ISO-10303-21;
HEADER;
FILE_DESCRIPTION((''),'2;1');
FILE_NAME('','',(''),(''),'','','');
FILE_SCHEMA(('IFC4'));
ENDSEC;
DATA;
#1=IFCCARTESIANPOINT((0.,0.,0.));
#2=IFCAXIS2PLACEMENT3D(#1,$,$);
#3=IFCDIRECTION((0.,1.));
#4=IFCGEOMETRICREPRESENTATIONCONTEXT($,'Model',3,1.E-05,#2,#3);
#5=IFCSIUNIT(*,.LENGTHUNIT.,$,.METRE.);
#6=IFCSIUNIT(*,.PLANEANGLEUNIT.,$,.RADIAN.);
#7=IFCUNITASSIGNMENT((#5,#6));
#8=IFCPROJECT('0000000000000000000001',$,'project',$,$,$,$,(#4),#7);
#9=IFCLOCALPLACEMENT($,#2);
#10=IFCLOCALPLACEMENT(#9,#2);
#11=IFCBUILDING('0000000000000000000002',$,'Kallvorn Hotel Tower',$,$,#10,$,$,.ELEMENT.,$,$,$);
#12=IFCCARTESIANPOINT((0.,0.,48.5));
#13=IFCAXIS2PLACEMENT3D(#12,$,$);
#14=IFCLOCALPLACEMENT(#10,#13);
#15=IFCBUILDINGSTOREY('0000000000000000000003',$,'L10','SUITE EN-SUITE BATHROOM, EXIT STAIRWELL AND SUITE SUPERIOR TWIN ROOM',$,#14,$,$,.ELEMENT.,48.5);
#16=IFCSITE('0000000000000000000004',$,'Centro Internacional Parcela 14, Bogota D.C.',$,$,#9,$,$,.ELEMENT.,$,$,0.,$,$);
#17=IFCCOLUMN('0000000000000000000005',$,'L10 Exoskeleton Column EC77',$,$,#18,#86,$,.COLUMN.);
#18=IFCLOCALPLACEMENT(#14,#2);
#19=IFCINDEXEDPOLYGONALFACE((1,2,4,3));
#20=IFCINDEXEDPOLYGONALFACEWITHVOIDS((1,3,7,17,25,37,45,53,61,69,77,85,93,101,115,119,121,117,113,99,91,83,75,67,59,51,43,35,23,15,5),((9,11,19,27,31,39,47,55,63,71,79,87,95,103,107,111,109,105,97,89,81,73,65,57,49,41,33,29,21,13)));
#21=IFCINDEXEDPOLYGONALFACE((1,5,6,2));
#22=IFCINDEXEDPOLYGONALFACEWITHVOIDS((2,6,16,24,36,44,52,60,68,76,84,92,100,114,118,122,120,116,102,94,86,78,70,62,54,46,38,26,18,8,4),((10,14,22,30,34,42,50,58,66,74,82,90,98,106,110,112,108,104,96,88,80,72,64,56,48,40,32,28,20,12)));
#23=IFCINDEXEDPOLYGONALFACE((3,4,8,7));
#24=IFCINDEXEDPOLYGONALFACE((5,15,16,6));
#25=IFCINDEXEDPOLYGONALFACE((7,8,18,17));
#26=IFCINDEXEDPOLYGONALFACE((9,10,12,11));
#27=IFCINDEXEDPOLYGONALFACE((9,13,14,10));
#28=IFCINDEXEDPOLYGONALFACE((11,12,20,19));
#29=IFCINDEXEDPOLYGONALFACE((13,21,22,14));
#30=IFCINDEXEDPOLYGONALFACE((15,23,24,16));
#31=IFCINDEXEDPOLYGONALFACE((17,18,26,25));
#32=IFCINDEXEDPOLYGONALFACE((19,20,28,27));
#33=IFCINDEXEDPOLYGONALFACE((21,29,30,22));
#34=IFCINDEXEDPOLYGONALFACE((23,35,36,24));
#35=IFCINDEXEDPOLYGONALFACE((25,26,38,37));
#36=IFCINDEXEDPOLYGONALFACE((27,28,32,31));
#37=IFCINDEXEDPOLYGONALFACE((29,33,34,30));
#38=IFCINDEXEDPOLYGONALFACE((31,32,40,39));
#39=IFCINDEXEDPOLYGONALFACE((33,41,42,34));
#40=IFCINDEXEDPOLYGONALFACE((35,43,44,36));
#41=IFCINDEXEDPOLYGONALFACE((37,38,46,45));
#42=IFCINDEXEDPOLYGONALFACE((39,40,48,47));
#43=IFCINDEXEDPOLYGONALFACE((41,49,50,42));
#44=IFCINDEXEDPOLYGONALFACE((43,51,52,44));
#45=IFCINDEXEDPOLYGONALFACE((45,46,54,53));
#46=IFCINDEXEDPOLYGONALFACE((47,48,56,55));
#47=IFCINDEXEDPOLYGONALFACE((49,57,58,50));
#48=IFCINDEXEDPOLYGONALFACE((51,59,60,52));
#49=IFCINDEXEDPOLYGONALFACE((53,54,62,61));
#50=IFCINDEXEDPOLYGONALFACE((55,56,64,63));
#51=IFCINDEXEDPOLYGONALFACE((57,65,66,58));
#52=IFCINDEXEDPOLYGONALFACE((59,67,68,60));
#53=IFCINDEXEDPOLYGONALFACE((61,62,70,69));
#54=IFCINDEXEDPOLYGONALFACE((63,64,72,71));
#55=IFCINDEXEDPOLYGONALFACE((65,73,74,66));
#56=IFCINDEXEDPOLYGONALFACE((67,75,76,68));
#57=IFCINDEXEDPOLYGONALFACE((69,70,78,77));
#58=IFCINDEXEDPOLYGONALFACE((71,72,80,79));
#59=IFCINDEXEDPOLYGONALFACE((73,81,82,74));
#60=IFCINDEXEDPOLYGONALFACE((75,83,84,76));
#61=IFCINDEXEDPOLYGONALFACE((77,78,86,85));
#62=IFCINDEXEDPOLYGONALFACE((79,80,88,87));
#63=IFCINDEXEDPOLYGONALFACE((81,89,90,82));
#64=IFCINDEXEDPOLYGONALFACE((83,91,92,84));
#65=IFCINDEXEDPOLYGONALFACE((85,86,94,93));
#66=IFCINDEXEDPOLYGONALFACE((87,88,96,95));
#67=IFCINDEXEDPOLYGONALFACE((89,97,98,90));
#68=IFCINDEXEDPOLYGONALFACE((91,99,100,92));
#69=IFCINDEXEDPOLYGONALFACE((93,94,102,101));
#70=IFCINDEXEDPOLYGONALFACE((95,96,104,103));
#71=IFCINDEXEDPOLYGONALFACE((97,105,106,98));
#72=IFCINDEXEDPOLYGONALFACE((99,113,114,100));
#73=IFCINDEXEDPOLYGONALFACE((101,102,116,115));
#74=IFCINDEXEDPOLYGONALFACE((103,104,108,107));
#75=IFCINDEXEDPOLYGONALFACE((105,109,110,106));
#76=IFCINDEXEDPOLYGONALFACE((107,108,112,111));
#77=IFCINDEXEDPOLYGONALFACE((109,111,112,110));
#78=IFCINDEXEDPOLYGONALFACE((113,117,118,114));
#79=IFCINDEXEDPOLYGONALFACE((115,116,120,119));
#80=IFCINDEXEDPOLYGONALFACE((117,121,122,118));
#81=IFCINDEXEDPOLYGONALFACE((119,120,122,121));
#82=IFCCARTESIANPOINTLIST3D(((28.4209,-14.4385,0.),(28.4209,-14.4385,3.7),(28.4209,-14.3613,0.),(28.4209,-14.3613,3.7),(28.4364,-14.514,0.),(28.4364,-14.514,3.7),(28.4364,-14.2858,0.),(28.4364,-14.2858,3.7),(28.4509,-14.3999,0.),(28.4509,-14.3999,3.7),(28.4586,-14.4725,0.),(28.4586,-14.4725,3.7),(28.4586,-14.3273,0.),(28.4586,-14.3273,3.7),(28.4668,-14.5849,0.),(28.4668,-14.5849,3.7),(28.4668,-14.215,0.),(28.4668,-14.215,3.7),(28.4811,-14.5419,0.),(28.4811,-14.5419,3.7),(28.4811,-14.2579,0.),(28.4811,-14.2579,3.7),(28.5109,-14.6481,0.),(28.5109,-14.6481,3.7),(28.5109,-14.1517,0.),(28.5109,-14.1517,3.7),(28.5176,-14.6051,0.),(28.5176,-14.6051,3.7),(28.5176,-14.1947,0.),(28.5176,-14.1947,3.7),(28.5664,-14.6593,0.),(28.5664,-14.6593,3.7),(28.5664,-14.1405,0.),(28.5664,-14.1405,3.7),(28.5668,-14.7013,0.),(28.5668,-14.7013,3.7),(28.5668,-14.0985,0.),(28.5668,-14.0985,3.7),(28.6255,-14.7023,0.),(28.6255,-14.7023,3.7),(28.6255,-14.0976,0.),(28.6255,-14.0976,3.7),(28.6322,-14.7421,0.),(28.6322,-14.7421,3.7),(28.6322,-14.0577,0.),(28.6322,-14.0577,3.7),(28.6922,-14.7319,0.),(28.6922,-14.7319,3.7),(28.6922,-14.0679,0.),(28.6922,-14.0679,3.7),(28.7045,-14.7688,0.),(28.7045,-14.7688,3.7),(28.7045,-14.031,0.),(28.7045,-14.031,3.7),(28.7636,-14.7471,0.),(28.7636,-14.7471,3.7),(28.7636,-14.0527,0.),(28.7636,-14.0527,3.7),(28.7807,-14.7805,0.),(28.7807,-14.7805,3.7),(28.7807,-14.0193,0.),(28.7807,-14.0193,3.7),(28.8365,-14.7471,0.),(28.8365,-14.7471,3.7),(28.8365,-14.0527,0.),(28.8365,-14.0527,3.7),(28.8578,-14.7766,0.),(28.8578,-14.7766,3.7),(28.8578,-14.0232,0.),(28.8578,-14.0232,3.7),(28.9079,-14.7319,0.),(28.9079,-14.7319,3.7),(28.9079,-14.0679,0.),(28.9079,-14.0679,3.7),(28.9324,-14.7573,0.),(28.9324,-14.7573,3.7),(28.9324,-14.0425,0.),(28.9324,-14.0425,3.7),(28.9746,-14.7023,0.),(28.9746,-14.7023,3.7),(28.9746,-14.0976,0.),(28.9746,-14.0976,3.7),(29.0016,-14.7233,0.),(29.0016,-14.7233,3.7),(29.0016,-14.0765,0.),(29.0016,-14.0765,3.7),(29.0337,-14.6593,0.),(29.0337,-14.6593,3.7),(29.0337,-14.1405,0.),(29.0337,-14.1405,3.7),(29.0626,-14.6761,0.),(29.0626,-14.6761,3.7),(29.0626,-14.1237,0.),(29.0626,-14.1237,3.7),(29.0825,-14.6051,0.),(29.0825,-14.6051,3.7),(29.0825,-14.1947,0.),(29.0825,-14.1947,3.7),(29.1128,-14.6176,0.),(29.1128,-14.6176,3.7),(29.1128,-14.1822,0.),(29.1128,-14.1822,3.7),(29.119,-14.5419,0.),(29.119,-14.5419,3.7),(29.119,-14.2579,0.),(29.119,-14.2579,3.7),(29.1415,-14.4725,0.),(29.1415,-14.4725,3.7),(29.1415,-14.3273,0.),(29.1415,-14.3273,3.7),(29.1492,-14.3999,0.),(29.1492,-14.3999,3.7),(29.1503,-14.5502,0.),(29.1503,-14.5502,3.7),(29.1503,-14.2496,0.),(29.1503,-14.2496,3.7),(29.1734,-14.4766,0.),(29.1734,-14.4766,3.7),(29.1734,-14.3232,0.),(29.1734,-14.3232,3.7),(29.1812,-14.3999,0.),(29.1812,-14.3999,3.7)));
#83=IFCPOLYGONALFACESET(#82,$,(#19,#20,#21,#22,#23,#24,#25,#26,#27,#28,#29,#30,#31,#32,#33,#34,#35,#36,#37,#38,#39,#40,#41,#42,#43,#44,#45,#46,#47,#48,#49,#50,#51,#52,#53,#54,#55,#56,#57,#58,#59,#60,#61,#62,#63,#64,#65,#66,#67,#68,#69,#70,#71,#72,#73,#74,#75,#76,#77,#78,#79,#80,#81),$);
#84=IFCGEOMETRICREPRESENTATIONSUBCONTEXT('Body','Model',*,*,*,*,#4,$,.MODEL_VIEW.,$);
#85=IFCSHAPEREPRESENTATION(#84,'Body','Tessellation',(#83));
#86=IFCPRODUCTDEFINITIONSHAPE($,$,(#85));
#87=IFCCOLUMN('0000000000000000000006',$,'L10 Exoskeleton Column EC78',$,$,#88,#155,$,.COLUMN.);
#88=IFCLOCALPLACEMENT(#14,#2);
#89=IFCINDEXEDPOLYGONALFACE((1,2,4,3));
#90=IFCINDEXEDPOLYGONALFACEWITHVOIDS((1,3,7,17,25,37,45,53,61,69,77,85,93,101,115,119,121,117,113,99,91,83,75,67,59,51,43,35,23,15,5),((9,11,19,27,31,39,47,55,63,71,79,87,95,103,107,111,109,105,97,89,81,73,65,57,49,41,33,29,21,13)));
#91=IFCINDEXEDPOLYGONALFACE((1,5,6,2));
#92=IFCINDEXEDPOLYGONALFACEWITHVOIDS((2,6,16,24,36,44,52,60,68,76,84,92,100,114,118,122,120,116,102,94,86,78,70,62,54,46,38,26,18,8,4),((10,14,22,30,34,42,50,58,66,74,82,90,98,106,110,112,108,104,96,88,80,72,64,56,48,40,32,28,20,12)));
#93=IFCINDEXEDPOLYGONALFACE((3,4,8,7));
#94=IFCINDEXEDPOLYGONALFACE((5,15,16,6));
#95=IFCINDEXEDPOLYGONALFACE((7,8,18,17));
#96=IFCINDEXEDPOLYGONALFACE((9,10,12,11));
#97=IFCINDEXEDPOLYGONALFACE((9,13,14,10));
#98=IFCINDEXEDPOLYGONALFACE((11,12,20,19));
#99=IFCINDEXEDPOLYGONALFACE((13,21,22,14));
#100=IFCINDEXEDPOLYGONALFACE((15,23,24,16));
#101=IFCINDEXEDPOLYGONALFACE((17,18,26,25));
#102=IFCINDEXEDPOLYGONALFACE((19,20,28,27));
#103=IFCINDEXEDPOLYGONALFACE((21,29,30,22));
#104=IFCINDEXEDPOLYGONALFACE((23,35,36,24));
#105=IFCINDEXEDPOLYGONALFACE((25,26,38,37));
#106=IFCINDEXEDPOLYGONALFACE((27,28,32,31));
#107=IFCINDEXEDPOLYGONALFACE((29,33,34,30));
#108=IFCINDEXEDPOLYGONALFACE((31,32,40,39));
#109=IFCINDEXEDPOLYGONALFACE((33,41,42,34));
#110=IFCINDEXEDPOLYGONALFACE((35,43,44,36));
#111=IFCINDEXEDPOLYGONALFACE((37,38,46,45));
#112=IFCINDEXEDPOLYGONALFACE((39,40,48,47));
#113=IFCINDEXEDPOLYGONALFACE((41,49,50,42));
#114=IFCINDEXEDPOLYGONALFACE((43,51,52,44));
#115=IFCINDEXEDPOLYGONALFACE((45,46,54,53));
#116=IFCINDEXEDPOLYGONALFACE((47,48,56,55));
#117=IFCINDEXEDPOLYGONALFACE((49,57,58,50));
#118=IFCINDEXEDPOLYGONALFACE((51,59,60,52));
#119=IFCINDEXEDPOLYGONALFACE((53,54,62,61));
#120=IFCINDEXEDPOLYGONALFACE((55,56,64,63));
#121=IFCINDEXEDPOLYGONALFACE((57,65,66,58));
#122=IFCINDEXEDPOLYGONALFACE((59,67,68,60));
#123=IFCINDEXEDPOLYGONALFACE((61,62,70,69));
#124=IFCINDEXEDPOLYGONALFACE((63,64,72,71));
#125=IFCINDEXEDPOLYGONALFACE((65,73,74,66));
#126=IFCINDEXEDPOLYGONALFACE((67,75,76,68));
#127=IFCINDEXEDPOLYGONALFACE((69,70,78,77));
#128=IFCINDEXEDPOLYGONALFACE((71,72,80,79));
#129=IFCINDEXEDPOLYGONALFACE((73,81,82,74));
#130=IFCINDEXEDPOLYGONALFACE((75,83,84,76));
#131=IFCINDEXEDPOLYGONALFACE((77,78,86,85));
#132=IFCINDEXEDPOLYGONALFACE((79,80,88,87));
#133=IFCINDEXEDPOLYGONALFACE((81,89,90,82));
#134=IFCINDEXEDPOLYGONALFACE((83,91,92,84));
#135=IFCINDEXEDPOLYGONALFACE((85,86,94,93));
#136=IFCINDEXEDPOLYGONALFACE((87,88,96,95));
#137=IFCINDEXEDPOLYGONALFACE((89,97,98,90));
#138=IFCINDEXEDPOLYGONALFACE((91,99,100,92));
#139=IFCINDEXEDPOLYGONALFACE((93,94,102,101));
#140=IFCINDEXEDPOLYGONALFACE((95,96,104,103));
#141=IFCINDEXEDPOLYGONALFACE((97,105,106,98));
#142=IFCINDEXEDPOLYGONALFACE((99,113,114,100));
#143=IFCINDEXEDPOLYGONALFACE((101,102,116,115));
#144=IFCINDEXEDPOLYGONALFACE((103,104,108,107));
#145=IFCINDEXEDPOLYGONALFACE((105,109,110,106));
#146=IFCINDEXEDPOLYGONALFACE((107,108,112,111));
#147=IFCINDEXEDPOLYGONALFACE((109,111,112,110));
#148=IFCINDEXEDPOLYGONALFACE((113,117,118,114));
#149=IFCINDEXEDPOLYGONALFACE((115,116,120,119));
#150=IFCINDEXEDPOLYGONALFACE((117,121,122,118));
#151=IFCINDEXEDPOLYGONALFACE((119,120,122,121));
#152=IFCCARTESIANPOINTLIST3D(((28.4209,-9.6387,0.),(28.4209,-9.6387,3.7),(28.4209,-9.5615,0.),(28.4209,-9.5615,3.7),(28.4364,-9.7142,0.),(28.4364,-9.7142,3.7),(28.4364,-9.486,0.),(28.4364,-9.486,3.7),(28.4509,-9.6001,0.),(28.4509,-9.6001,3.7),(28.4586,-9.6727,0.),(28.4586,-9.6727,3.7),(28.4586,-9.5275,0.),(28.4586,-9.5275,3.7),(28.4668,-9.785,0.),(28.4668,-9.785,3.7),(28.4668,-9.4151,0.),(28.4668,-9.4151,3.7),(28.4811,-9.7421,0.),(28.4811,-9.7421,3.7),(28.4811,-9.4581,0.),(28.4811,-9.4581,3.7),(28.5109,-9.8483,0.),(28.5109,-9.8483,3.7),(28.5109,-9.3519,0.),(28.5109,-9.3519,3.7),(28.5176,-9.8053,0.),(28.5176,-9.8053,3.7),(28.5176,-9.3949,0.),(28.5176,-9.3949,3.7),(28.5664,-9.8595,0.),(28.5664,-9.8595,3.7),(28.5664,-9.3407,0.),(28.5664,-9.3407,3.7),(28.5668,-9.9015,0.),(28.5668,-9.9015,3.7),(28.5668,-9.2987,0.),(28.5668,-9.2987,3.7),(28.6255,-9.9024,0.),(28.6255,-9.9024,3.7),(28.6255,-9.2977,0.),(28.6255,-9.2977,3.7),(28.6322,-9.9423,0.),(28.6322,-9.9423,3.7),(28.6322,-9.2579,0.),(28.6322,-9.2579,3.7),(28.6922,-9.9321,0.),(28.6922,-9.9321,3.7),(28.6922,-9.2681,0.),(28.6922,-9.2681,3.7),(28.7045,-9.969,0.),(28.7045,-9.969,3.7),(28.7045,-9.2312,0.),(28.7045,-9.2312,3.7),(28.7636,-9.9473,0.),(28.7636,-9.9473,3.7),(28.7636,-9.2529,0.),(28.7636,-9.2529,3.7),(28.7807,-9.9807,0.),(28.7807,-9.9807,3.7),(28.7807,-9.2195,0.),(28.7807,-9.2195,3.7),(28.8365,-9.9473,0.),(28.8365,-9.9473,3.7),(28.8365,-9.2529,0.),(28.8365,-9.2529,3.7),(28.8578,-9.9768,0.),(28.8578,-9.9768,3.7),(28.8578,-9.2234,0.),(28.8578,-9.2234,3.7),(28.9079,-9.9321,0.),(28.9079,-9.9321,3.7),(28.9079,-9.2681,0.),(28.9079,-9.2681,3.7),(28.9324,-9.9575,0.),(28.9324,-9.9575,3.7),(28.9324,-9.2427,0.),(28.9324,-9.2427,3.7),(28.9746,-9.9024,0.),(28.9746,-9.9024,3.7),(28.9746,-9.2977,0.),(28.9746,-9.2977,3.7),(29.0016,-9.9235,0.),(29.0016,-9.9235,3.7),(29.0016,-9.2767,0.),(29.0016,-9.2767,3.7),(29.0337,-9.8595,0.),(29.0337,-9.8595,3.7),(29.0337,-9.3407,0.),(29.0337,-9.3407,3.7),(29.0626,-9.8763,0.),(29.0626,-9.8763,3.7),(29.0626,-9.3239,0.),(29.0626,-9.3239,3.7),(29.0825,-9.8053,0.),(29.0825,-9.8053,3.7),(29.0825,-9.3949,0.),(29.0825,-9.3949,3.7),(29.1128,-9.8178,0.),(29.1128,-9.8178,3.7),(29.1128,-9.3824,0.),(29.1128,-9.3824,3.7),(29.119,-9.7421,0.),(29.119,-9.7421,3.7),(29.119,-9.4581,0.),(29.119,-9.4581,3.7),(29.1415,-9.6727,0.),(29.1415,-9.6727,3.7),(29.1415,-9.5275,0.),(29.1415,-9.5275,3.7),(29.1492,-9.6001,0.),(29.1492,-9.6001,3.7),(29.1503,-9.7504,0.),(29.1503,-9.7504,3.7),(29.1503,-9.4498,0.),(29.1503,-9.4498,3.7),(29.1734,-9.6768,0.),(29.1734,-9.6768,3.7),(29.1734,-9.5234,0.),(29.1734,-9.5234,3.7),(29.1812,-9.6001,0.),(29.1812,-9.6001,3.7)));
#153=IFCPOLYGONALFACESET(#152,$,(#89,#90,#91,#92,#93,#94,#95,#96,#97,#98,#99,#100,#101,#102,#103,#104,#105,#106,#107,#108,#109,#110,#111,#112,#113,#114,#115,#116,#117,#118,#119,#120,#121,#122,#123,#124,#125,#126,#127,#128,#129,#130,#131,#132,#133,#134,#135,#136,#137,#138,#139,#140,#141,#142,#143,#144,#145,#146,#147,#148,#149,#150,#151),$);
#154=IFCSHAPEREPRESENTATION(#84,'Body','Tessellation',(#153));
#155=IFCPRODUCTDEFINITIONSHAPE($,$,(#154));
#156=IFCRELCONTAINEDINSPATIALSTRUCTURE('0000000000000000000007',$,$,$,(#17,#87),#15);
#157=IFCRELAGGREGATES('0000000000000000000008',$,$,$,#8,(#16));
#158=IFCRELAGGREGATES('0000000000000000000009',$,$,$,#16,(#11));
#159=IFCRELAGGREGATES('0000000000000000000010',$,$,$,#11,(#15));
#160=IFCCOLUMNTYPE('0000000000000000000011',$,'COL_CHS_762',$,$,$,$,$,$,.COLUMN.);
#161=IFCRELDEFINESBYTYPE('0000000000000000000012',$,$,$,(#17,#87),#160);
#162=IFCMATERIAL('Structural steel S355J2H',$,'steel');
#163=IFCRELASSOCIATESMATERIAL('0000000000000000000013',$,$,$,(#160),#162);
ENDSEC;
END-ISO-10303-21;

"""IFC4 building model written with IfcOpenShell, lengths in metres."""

from ifc_helpers import new_model, si_unit, direction, frame, origin, origin_2d, place, context, subcontext, project, spatial, hollow_circle, extrude, material, material_profile, profile_set, type_object, element, save


model = new_model("IFC4")

# Units and contexts
model_context = context("Model", 3, precision=1e-05, world=origin(), true_north=direction((0.0, 1.0)))
body_context = subcontext(model_context, "Body", "Model", "MODEL_VIEW")
ifc_project = project(units=[si_unit("LENGTHUNIT", "METRE"), si_unit("PLANEANGLEUNIT", "RADIAN")], contexts=[model_context])

# Site, building, storey
site_placement = place(None, origin())
site = spatial("IfcSite", under=ifc_project, at=site_placement, Name="Centro Internacional Parcela 14, Bogota D.C.", CompositionType="ELEMENT", RefElevation=0.0)
building_placement = place(site_placement, origin())
building = spatial("IfcBuilding", under=site, at=building_placement, Name="Kallvorn Hotel Tower", CompositionType="ELEMENT")
storey_placement = place(building_placement, frame((0.0, 0.0, 48.5)))
storey = spatial("IfcBuildingStorey", under=building, at=storey_placement, Name="L10", Description="SUITE EN-SUITE BATHROOM, EXIT STAIRWELL AND SUITE SUPERIOR TWIN ROOM", CompositionType="ELEMENT", Elevation=48.5)

# Columns
ifc_material_1 = material(Name="Structural steel S355J2H", Category="steel")
ifc_material_profile_1 = material_profile(ifc_material_1, hollow_circle(Radius=0.3811, WallThickness=0.032, at=origin_2d()), Name="CHS 762x32")
ifc_profile_set_1 = profile_set([ifc_material_profile_1], Name="Structural steel S355J2H")
column_type_1 = type_object("IfcColumnType", Name="COL_CHS_762", PredefinedType="COLUMN", material=ifc_profile_set_1)
for number, where, z_axis, x_axis, name in (
    (1, (28.8, -14.3999, 0.0), (0.0, 0.0, 1.0), (1.0, 0.0, 0.0), "L10 Exoskeleton Column EC77"),
    (2, (28.8, -9.6001, 0.0), (0.0, 0.0, 1.0), (1.0, 0.0, 0.0), "L10 Exoskeleton Column EC78"),
):
    element("IfcColumn", number, at=place(storey_placement, frame(where, z_axis=z_axis, x_axis=x_axis)), inside=storey, type_object=column_type_1, Name=name, PredefinedType="COLUMN", context=body_context, shape_type="SweptSolid", body=[
        extrude(hollow_circle(Radius=0.3811, WallThickness=0.032, at=origin_2d()), origin(), (0.0, 0.0, 1.0), 3.7),
    ])

save(model, "model.ifc")
